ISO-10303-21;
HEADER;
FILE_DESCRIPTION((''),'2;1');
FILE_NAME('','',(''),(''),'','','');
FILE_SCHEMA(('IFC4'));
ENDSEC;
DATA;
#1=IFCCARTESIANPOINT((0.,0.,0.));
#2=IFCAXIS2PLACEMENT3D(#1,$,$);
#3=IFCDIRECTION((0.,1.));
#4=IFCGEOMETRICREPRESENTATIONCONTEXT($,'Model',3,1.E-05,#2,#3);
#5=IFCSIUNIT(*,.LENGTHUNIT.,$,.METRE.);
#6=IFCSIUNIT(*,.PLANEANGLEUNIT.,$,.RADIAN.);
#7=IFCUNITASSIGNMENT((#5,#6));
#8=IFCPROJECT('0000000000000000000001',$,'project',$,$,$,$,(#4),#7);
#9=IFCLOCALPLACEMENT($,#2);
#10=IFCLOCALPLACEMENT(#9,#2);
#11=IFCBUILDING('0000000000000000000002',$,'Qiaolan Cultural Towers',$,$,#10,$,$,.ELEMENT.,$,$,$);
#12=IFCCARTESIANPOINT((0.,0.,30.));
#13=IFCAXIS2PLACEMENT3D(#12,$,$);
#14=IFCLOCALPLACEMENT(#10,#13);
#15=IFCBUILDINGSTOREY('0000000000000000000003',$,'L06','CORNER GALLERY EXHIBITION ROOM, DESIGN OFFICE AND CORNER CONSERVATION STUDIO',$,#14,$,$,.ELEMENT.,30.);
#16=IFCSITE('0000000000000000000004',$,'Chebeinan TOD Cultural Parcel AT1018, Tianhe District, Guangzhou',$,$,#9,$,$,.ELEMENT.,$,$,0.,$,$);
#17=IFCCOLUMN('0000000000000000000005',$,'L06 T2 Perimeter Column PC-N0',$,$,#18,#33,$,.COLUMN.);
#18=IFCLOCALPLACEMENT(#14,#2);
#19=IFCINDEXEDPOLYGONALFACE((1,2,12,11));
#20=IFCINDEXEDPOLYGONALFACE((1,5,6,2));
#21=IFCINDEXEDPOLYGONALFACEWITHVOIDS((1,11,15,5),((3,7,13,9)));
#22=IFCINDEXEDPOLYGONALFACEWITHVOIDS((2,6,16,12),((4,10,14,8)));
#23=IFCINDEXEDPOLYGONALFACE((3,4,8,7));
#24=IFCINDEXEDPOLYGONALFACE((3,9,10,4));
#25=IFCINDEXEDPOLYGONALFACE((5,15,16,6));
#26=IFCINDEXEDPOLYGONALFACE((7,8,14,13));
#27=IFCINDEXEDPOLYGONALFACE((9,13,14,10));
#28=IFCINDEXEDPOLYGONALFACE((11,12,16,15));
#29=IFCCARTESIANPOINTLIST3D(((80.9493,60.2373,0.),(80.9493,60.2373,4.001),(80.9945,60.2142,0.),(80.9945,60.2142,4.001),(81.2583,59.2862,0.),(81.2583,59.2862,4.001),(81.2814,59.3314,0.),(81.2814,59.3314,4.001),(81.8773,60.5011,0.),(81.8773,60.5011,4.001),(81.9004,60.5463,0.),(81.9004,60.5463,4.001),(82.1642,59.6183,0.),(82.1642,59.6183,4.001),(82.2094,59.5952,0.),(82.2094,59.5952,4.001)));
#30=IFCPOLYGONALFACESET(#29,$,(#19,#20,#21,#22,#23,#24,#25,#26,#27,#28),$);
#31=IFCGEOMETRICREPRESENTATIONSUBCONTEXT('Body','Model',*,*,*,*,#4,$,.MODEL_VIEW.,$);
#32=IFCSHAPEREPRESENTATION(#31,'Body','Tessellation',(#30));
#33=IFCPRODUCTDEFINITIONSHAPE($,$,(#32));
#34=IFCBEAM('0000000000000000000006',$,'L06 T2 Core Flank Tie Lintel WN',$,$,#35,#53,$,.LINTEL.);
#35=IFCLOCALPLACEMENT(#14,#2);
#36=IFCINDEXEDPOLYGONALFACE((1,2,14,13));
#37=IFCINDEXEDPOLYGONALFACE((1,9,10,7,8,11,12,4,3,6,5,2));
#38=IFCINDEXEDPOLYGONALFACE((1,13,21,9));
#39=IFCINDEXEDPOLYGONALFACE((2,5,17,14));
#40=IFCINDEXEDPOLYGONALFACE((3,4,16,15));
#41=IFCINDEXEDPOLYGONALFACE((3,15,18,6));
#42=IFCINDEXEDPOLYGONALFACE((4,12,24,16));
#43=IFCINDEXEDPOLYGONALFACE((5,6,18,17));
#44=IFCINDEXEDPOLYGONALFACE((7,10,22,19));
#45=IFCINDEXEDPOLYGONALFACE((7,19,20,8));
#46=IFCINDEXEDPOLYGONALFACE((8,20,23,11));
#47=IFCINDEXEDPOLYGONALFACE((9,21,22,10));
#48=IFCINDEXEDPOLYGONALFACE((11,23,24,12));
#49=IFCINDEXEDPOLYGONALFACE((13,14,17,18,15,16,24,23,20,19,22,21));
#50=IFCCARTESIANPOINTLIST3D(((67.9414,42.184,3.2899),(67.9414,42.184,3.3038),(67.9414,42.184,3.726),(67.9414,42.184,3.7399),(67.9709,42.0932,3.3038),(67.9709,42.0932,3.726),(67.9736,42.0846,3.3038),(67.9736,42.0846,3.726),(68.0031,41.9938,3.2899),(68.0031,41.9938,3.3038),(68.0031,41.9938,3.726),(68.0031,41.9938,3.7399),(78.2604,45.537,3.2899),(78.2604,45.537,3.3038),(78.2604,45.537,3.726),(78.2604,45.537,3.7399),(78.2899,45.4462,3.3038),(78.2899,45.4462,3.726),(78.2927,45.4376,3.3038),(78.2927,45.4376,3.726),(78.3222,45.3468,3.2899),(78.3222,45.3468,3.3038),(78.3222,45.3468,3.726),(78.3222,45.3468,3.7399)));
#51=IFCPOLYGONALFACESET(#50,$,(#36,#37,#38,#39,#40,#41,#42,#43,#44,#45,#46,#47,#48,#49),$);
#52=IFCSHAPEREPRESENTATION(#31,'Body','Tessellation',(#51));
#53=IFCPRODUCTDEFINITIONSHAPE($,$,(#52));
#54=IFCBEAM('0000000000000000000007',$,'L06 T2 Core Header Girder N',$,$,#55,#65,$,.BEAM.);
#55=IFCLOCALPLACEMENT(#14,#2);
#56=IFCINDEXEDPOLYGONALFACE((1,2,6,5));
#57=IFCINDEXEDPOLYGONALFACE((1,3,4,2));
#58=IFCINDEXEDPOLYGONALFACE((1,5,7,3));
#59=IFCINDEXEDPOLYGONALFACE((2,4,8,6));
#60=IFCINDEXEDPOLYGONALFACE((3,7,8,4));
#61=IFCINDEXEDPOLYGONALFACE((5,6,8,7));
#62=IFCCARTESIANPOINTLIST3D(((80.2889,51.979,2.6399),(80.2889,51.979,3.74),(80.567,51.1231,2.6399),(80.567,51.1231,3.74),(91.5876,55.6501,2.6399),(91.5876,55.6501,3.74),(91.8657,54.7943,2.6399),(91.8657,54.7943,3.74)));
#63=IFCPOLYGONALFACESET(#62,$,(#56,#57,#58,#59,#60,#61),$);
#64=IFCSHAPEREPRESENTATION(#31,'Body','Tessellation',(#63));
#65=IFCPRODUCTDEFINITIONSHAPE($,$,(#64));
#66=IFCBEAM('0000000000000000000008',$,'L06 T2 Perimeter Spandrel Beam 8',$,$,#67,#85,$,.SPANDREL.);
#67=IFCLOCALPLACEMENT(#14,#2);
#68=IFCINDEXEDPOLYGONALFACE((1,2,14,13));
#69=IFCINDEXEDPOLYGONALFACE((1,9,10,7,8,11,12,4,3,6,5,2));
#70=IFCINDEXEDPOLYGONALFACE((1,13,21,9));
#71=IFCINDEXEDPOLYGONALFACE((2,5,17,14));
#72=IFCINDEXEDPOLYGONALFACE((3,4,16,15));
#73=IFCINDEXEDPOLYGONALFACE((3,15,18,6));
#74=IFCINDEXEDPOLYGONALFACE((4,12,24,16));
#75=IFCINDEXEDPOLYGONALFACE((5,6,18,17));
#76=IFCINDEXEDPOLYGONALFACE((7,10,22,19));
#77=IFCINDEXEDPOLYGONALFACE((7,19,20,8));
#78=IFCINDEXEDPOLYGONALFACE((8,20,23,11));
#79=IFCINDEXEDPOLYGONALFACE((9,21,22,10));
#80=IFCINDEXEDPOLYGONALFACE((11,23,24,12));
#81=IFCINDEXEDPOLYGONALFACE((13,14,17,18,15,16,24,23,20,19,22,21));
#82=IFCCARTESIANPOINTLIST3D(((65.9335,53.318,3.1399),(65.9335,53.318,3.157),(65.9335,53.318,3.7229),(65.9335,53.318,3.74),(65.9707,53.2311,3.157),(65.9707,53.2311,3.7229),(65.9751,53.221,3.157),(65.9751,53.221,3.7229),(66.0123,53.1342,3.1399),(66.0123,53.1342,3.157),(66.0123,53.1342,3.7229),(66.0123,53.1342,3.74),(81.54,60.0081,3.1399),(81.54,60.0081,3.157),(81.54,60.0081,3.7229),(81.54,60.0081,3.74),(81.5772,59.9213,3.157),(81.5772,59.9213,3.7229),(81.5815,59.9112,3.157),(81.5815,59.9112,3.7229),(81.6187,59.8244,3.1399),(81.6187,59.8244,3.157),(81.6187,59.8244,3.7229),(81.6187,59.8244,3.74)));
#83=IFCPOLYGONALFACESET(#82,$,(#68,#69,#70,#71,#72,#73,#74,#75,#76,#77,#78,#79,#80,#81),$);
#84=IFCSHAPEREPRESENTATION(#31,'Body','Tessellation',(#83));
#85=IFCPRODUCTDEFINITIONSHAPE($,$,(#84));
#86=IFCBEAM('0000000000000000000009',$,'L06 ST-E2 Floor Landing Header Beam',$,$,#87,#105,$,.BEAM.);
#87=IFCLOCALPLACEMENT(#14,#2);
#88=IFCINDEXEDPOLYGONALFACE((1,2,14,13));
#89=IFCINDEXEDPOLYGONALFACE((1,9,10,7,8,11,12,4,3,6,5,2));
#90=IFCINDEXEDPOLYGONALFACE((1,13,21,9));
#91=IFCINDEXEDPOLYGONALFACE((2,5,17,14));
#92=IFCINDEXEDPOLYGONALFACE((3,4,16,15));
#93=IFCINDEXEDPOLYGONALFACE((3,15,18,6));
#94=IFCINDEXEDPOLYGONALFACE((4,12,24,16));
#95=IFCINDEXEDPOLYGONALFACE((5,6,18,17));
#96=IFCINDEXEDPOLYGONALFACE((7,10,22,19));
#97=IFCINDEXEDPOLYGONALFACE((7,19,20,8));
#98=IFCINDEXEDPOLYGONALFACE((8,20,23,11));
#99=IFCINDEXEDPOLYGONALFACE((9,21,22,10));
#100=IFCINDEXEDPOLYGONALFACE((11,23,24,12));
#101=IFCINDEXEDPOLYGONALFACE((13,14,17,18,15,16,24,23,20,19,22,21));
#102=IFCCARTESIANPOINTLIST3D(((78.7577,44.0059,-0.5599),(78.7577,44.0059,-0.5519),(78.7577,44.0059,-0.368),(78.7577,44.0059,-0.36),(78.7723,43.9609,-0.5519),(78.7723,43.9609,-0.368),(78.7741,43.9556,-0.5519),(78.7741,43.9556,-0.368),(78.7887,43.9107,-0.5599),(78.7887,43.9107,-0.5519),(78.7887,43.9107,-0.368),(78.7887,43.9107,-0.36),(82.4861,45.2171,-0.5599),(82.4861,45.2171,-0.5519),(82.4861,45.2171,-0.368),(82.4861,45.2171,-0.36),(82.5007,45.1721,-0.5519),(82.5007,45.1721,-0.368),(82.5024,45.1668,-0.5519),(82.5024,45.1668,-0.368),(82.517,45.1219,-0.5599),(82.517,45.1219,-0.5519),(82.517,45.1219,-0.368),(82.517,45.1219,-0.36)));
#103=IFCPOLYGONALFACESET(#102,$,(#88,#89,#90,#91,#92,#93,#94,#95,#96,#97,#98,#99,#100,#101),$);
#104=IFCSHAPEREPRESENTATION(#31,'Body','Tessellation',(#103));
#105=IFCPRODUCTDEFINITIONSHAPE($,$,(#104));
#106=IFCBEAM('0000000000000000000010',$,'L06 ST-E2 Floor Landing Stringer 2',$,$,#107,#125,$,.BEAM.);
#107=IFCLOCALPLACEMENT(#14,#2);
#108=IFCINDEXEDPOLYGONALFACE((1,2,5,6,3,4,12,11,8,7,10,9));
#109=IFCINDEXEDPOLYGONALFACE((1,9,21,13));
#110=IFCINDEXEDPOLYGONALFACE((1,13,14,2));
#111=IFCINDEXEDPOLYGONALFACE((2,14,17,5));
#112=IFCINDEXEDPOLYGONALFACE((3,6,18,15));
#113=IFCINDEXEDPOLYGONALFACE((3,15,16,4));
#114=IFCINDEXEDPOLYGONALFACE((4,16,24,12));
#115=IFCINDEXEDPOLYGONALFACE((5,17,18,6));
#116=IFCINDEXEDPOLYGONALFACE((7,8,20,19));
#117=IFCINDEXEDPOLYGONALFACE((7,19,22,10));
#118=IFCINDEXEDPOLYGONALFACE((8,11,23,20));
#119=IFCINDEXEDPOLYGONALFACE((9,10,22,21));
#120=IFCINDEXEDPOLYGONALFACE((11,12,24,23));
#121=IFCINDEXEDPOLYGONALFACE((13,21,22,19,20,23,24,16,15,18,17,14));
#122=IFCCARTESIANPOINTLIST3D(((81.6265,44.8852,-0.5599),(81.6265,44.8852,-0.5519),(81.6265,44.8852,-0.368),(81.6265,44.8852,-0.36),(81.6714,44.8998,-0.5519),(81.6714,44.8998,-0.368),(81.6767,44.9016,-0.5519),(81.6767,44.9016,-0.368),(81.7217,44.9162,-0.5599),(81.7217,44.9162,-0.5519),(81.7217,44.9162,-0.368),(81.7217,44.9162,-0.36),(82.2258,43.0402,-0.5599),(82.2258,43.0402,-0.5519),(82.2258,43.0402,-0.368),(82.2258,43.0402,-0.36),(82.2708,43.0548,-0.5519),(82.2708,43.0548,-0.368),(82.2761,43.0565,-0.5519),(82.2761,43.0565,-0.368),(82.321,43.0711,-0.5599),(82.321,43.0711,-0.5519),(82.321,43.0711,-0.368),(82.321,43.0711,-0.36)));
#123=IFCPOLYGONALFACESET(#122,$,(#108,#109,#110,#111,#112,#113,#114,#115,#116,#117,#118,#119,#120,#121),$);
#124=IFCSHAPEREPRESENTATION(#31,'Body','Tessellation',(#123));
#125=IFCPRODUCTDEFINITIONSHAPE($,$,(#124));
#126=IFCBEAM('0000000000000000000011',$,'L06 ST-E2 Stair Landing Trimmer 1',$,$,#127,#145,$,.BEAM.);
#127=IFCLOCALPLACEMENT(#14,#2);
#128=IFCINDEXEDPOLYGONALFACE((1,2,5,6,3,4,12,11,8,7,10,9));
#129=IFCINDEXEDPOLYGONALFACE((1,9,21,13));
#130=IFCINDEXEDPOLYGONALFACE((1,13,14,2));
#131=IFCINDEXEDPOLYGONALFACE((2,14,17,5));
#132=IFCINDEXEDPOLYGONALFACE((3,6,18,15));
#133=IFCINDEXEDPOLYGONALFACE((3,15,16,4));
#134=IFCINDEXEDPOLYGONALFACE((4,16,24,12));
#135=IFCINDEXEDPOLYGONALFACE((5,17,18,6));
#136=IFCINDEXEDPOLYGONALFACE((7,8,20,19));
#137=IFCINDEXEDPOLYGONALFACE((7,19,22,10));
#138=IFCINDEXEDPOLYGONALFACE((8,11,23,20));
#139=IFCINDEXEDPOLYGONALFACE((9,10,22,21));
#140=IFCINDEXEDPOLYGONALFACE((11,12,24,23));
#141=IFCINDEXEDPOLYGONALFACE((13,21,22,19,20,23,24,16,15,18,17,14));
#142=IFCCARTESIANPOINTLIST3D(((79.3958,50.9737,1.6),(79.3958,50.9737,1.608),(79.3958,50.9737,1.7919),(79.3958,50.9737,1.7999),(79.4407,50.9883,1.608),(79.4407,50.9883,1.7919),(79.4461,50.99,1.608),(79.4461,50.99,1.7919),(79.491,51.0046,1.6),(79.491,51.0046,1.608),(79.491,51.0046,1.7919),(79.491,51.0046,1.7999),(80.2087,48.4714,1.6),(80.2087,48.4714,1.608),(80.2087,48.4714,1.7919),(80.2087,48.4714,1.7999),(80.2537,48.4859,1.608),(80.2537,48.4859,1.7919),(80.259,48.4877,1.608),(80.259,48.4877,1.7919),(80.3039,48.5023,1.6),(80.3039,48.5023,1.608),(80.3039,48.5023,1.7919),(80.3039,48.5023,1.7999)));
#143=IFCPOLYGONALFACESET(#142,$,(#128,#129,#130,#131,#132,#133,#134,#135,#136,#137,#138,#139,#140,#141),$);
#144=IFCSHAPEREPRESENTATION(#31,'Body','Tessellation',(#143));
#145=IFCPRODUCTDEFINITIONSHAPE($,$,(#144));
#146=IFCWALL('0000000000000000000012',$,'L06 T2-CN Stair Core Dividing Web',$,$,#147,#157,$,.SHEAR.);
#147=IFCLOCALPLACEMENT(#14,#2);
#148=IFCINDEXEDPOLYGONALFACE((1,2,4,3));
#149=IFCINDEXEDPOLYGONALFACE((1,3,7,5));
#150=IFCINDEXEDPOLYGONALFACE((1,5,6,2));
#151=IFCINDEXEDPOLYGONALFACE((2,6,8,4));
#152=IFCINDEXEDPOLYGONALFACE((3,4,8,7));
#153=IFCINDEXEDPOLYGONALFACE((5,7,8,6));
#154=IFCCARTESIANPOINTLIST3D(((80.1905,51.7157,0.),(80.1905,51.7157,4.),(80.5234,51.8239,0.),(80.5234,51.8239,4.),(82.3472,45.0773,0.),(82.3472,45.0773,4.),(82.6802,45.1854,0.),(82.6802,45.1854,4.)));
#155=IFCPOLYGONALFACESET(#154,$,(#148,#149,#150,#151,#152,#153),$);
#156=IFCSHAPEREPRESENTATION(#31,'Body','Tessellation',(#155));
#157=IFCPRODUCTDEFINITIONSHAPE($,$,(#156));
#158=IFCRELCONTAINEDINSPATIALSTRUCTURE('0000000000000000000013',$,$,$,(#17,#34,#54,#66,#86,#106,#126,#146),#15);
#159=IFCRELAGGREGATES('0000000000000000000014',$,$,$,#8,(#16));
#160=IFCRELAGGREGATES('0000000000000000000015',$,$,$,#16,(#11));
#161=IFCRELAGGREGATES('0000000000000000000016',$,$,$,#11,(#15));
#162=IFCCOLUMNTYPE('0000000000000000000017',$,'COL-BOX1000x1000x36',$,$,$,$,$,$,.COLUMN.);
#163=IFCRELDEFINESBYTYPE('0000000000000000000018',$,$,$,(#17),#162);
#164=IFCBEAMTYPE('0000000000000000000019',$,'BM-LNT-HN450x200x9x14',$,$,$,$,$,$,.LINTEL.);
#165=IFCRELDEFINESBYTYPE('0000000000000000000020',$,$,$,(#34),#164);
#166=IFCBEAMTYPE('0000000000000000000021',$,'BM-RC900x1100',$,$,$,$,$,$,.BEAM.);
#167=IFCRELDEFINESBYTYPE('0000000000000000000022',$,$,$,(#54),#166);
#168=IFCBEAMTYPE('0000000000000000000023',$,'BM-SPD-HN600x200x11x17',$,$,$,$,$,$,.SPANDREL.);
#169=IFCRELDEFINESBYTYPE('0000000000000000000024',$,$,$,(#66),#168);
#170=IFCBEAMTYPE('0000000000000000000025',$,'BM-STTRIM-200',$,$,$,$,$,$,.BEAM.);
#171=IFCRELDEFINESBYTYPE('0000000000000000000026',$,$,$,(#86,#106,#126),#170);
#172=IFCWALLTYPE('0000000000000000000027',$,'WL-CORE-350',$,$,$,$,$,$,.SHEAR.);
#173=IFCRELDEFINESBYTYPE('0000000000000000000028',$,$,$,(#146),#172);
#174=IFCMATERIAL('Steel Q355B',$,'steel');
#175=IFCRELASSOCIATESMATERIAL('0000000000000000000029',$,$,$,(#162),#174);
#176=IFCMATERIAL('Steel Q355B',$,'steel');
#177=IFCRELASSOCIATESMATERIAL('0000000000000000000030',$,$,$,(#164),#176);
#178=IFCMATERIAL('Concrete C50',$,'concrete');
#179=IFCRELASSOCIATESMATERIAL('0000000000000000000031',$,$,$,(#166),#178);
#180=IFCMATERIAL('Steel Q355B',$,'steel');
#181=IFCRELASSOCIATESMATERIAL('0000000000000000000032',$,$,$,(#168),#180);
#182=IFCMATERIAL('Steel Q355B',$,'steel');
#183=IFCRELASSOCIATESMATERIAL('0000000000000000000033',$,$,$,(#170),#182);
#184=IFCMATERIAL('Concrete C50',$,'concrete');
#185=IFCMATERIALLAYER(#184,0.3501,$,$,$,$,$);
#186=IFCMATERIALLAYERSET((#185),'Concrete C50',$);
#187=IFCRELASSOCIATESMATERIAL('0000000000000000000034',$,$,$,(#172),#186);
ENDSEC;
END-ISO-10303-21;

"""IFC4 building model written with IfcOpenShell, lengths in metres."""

from ifc_helpers import new_model, si_unit, direction, frame, frame_2d, origin, origin_2d, place, context, subcontext, project, spatial, rectangle, hollow_rectangle, i_section, extrude, material, layer, layer_set, material_profile, profile_set, type_object, element, save


model = new_model("IFC4")

# Units and contexts
model_context = context("Model", 3, precision=1e-05, world=origin(), true_north=direction((0.0, 1.0)))
body_context = subcontext(model_context, "Body", "Model", "MODEL_VIEW")
ifc_project = project(units=[si_unit("LENGTHUNIT", "METRE"), si_unit("PLANEANGLEUNIT", "RADIAN")], contexts=[model_context])

# Site, building, storey
site_placement = place(None, origin())
site = spatial("IfcSite", under=ifc_project, at=site_placement, Name="Chebeinan TOD Cultural Parcel AT1018, Tianhe District, Guangzhou", CompositionType="ELEMENT", RefElevation=0.0)
building_placement = place(site_placement, origin())
building = spatial("IfcBuilding", under=site, at=building_placement, Name="Qiaolan Cultural Towers", CompositionType="ELEMENT")
storey_placement = place(building_placement, frame((0.0, 0.0, 30.0)))
storey = spatial("IfcBuildingStorey", under=building, at=storey_placement, Name="L06", Description="CORNER GALLERY EXHIBITION ROOM, DESIGN OFFICE AND CORNER CONSERVATION STUDIO", CompositionType="ELEMENT", Elevation=30.0)

# Column
ifc_material_1 = material(Name="Steel Q355B", Category="steel")
ifc_material_profile_1 = material_profile(ifc_material_1, hollow_rectangle(XDim=1.0, YDim=1.0, WallThickness=0.0359, at=origin_2d()), Name="BOX1000x1000x36")
ifc_profile_set_1 = profile_set([ifc_material_profile_1], Name="Steel Q355B")
column_type = type_object("IfcColumnType", Name="COL-BOX1000x1000x36", PredefinedType="COLUMN", material=ifc_profile_set_1)
column_placement = place(storey_placement, frame((81.5793, 59.9163, 0.0), z_axis=(0.0, 0.0, 1.0), x_axis=(0.951057, 0.309017, 0.0)))
element("IfcColumn", 1, at=column_placement, inside=storey, type_object=column_type, Name="L06 T2 Perimeter Column PC-N0", PredefinedType="COLUMN", context=body_context, shape_type="SweptSolid", body=[
    extrude(hollow_rectangle(XDim=1.0, YDim=1.0, WallThickness=0.0359, at=origin_2d()), origin(), (0.0, 0.0, 1.0), 4.001),
])

# Beams
ifc_material_2 = material(Name="Steel Q355B", Category="steel")
ifc_material_profile_2 = material_profile(ifc_material_2, i_section(OverallWidth=0.2, OverallDepth=0.45, WebThickness=0.009, FlangeThickness=0.0139, at=origin_2d()), Name="HN450x200x9x14")
ifc_profile_set_2 = profile_set([ifc_material_profile_2], Name="Steel Q355B")
beam_type_1 = type_object("IfcBeamType", Name="BM-LNT-HN450x200x9x14", PredefinedType="LINTEL", material=ifc_profile_set_2)
beam_1_placement = place(storey_placement, frame((78.2913, 45.4419, 3.5149), z_axis=(-0.951052, -0.30903, 0.0), x_axis=(0.30903, -0.951052, 0.0)))
element("IfcBeam", 2, at=beam_1_placement, inside=storey, type_object=beam_type_1, Name="L06 T2 Core Flank Tie Lintel WN", PredefinedType="LINTEL", context=body_context, shape_type="SweptSolid", body=[
    extrude(i_section(OverallWidth=0.2, OverallDepth=0.45, WebThickness=0.009, FlangeThickness=0.0139, at=origin_2d()), origin(), (0.0, 0.0, 1.0), 10.8501),
])
ifc_material_3 = material(Name="Concrete C50", Category="concrete")
ifc_material_profile_3 = material_profile(ifc_material_3, rectangle(XDim=0.8999, YDim=1.1001, at=origin_2d()), Name="RC900x1100")
ifc_profile_set_3 = profile_set([ifc_material_profile_3], Name="Concrete C50")
beam_type_2 = type_object("IfcBeamType", Name="BM-RC900x1100", PredefinedType="BEAM", material=ifc_profile_set_3)
beam_2_placement = place(storey_placement, frame((80.428, 51.551, 3.1899), z_axis=(0.951056, 0.309018, 0.0), x_axis=(-0.309018, 0.951056, 0.0)))
element("IfcBeam", 3, at=beam_2_placement, inside=storey, type_object=beam_type_2, Name="L06 T2 Core Header Girder N", PredefinedType="BEAM", context=body_context, shape_type="SweptSolid", body=[
    extrude(rectangle(XDim=0.8999, YDim=1.1001, at=origin_2d()), origin(), (0.0, 0.0, 1.0), 11.8801),
])
ifc_material_4 = material(Name="Steel Q355B", Category="steel")
ifc_material_profile_4 = material_profile(ifc_material_4, i_section(OverallWidth=0.2, OverallDepth=0.6001, WebThickness=0.011, FlangeThickness=0.0171, at=origin_2d()), Name="HN600x200x11x17")
ifc_profile_set_4 = profile_set([ifc_material_profile_4], Name="Steel Q355B")
beam_type_3 = type_object("IfcBeamType", Name="BM-SPD-HN600x200x11x17", PredefinedType="SPANDREL", material=ifc_profile_set_4)
beam_3_placement = place(storey_placement, frame((81.5793, 59.9163, 3.4399), z_axis=(-0.919109, -0.394004, 0.0), x_axis=(0.394004, -0.919109, 0.0)))
element("IfcBeam", 4, at=beam_3_placement, inside=storey, type_object=beam_type_3, Name="L06 T2 Perimeter Spandrel Beam 8", PredefinedType="SPANDREL", context=body_context, shape_type="SweptSolid", body=[
    extrude(i_section(OverallWidth=0.2, OverallDepth=0.6001, WebThickness=0.011, FlangeThickness=0.0171, at=origin_2d()), origin(), (0.0, 0.0, 1.0), 16.98),
])
ifc_material_5 = material(Name="Steel Q355B", Category="steel")
ifc_material_profile_5 = material_profile(ifc_material_5, i_section(OverallWidth=0.1001, OverallDepth=0.2, WebThickness=0.0056, FlangeThickness=0.0081, at=origin_2d()), Name="HN200x100x5.5x8")
ifc_profile_set_5 = profile_set([ifc_material_profile_5], Name="Steel Q355B")
beam_type_4 = type_object("IfcBeamType", Name="BM-STTRIM-200", PredefinedType="BEAM", material=ifc_profile_set_5)
beam_4_placement = place(storey_placement, frame((78.7732, 43.9583, -0.46), z_axis=(0.951072, 0.308969, 0.0), x_axis=(-0.308969, 0.951072, 0.0)))
element("IfcBeam", 5, at=beam_4_placement, inside=storey, type_object=beam_type_4, Name="L06 ST-E2 Floor Landing Header Beam", PredefinedType="BEAM", context=body_context, shape_type="SweptSolid", body=[
    extrude(i_section(OverallWidth=0.1001, OverallDepth=0.2, WebThickness=0.0056, FlangeThickness=0.0081, at=origin_2d()), origin(), (0.0, 0.0, 1.0), 3.9202),
])
beam_5_placement = place(storey_placement, frame((82.2734, 43.0557, -0.46), z_axis=(-0.308969, 0.951072, 0.0), x_axis=(-0.951072, -0.308969, 0.0)))
element("IfcBeam", 6, at=beam_5_placement, inside=storey, type_object=beam_type_4, Name="L06 ST-E2 Floor Landing Stringer 2", PredefinedType="BEAM", context=body_context, shape_type="SweptSolid", body=[
    extrude(i_section(OverallWidth=0.1001, OverallDepth=0.2, WebThickness=0.0056, FlangeThickness=0.0081, at=origin_2d()), origin(), (0.0, 0.0, 1.0), 1.9399),
])
beam_6_placement = place(storey_placement, frame((80.2563, 48.4868, 1.7), z_axis=(-0.308981, 0.951068, 0.0), x_axis=(-0.951068, -0.308981, 0.0)))
element("IfcBeam", 7, at=beam_6_placement, inside=storey, type_object=beam_type_4, Name="L06 ST-E2 Stair Landing Trimmer 1", PredefinedType="BEAM", context=body_context, shape_type="SweptSolid", body=[
    extrude(i_section(OverallWidth=0.1001, OverallDepth=0.2, WebThickness=0.0056, FlangeThickness=0.0081, at=origin_2d()), origin(), (0.0, 0.0, 1.0), 2.6311),
])

# Wall
ifc_material_6 = material(Name="Concrete C50", Category="concrete")
ifc_layer_1 = layer(ifc_material_6, 0.3501)
ifc_layer_set_1 = layer_set([ifc_layer_1], Name="Concrete C50")
wall_type_1 = type_object("IfcWallType", Name="WL-CORE-350", PredefinedType="SHEAR", material=ifc_layer_set_1)
wall_1_placement = place(storey_placement, frame((82.5137, 45.1313, 0.0), z_axis=(0.0, 0.0, 1.0), x_axis=(-0.308989, 0.951066, 0.0)))
element("IfcWall", 8, at=wall_1_placement, inside=storey, type_object=wall_type_1, Name="L06 T2-CN Stair Core Dividing Web", PredefinedType="SHEAR", context=body_context, shape_type="SweptSolid", body=[
    extrude(rectangle(XDim=6.98, YDim=0.3501, at=frame_2d((3.49, 0.0))), origin(), (0.0, 0.0, 1.0), 4.0),
])

save(model, "model.ifc")
